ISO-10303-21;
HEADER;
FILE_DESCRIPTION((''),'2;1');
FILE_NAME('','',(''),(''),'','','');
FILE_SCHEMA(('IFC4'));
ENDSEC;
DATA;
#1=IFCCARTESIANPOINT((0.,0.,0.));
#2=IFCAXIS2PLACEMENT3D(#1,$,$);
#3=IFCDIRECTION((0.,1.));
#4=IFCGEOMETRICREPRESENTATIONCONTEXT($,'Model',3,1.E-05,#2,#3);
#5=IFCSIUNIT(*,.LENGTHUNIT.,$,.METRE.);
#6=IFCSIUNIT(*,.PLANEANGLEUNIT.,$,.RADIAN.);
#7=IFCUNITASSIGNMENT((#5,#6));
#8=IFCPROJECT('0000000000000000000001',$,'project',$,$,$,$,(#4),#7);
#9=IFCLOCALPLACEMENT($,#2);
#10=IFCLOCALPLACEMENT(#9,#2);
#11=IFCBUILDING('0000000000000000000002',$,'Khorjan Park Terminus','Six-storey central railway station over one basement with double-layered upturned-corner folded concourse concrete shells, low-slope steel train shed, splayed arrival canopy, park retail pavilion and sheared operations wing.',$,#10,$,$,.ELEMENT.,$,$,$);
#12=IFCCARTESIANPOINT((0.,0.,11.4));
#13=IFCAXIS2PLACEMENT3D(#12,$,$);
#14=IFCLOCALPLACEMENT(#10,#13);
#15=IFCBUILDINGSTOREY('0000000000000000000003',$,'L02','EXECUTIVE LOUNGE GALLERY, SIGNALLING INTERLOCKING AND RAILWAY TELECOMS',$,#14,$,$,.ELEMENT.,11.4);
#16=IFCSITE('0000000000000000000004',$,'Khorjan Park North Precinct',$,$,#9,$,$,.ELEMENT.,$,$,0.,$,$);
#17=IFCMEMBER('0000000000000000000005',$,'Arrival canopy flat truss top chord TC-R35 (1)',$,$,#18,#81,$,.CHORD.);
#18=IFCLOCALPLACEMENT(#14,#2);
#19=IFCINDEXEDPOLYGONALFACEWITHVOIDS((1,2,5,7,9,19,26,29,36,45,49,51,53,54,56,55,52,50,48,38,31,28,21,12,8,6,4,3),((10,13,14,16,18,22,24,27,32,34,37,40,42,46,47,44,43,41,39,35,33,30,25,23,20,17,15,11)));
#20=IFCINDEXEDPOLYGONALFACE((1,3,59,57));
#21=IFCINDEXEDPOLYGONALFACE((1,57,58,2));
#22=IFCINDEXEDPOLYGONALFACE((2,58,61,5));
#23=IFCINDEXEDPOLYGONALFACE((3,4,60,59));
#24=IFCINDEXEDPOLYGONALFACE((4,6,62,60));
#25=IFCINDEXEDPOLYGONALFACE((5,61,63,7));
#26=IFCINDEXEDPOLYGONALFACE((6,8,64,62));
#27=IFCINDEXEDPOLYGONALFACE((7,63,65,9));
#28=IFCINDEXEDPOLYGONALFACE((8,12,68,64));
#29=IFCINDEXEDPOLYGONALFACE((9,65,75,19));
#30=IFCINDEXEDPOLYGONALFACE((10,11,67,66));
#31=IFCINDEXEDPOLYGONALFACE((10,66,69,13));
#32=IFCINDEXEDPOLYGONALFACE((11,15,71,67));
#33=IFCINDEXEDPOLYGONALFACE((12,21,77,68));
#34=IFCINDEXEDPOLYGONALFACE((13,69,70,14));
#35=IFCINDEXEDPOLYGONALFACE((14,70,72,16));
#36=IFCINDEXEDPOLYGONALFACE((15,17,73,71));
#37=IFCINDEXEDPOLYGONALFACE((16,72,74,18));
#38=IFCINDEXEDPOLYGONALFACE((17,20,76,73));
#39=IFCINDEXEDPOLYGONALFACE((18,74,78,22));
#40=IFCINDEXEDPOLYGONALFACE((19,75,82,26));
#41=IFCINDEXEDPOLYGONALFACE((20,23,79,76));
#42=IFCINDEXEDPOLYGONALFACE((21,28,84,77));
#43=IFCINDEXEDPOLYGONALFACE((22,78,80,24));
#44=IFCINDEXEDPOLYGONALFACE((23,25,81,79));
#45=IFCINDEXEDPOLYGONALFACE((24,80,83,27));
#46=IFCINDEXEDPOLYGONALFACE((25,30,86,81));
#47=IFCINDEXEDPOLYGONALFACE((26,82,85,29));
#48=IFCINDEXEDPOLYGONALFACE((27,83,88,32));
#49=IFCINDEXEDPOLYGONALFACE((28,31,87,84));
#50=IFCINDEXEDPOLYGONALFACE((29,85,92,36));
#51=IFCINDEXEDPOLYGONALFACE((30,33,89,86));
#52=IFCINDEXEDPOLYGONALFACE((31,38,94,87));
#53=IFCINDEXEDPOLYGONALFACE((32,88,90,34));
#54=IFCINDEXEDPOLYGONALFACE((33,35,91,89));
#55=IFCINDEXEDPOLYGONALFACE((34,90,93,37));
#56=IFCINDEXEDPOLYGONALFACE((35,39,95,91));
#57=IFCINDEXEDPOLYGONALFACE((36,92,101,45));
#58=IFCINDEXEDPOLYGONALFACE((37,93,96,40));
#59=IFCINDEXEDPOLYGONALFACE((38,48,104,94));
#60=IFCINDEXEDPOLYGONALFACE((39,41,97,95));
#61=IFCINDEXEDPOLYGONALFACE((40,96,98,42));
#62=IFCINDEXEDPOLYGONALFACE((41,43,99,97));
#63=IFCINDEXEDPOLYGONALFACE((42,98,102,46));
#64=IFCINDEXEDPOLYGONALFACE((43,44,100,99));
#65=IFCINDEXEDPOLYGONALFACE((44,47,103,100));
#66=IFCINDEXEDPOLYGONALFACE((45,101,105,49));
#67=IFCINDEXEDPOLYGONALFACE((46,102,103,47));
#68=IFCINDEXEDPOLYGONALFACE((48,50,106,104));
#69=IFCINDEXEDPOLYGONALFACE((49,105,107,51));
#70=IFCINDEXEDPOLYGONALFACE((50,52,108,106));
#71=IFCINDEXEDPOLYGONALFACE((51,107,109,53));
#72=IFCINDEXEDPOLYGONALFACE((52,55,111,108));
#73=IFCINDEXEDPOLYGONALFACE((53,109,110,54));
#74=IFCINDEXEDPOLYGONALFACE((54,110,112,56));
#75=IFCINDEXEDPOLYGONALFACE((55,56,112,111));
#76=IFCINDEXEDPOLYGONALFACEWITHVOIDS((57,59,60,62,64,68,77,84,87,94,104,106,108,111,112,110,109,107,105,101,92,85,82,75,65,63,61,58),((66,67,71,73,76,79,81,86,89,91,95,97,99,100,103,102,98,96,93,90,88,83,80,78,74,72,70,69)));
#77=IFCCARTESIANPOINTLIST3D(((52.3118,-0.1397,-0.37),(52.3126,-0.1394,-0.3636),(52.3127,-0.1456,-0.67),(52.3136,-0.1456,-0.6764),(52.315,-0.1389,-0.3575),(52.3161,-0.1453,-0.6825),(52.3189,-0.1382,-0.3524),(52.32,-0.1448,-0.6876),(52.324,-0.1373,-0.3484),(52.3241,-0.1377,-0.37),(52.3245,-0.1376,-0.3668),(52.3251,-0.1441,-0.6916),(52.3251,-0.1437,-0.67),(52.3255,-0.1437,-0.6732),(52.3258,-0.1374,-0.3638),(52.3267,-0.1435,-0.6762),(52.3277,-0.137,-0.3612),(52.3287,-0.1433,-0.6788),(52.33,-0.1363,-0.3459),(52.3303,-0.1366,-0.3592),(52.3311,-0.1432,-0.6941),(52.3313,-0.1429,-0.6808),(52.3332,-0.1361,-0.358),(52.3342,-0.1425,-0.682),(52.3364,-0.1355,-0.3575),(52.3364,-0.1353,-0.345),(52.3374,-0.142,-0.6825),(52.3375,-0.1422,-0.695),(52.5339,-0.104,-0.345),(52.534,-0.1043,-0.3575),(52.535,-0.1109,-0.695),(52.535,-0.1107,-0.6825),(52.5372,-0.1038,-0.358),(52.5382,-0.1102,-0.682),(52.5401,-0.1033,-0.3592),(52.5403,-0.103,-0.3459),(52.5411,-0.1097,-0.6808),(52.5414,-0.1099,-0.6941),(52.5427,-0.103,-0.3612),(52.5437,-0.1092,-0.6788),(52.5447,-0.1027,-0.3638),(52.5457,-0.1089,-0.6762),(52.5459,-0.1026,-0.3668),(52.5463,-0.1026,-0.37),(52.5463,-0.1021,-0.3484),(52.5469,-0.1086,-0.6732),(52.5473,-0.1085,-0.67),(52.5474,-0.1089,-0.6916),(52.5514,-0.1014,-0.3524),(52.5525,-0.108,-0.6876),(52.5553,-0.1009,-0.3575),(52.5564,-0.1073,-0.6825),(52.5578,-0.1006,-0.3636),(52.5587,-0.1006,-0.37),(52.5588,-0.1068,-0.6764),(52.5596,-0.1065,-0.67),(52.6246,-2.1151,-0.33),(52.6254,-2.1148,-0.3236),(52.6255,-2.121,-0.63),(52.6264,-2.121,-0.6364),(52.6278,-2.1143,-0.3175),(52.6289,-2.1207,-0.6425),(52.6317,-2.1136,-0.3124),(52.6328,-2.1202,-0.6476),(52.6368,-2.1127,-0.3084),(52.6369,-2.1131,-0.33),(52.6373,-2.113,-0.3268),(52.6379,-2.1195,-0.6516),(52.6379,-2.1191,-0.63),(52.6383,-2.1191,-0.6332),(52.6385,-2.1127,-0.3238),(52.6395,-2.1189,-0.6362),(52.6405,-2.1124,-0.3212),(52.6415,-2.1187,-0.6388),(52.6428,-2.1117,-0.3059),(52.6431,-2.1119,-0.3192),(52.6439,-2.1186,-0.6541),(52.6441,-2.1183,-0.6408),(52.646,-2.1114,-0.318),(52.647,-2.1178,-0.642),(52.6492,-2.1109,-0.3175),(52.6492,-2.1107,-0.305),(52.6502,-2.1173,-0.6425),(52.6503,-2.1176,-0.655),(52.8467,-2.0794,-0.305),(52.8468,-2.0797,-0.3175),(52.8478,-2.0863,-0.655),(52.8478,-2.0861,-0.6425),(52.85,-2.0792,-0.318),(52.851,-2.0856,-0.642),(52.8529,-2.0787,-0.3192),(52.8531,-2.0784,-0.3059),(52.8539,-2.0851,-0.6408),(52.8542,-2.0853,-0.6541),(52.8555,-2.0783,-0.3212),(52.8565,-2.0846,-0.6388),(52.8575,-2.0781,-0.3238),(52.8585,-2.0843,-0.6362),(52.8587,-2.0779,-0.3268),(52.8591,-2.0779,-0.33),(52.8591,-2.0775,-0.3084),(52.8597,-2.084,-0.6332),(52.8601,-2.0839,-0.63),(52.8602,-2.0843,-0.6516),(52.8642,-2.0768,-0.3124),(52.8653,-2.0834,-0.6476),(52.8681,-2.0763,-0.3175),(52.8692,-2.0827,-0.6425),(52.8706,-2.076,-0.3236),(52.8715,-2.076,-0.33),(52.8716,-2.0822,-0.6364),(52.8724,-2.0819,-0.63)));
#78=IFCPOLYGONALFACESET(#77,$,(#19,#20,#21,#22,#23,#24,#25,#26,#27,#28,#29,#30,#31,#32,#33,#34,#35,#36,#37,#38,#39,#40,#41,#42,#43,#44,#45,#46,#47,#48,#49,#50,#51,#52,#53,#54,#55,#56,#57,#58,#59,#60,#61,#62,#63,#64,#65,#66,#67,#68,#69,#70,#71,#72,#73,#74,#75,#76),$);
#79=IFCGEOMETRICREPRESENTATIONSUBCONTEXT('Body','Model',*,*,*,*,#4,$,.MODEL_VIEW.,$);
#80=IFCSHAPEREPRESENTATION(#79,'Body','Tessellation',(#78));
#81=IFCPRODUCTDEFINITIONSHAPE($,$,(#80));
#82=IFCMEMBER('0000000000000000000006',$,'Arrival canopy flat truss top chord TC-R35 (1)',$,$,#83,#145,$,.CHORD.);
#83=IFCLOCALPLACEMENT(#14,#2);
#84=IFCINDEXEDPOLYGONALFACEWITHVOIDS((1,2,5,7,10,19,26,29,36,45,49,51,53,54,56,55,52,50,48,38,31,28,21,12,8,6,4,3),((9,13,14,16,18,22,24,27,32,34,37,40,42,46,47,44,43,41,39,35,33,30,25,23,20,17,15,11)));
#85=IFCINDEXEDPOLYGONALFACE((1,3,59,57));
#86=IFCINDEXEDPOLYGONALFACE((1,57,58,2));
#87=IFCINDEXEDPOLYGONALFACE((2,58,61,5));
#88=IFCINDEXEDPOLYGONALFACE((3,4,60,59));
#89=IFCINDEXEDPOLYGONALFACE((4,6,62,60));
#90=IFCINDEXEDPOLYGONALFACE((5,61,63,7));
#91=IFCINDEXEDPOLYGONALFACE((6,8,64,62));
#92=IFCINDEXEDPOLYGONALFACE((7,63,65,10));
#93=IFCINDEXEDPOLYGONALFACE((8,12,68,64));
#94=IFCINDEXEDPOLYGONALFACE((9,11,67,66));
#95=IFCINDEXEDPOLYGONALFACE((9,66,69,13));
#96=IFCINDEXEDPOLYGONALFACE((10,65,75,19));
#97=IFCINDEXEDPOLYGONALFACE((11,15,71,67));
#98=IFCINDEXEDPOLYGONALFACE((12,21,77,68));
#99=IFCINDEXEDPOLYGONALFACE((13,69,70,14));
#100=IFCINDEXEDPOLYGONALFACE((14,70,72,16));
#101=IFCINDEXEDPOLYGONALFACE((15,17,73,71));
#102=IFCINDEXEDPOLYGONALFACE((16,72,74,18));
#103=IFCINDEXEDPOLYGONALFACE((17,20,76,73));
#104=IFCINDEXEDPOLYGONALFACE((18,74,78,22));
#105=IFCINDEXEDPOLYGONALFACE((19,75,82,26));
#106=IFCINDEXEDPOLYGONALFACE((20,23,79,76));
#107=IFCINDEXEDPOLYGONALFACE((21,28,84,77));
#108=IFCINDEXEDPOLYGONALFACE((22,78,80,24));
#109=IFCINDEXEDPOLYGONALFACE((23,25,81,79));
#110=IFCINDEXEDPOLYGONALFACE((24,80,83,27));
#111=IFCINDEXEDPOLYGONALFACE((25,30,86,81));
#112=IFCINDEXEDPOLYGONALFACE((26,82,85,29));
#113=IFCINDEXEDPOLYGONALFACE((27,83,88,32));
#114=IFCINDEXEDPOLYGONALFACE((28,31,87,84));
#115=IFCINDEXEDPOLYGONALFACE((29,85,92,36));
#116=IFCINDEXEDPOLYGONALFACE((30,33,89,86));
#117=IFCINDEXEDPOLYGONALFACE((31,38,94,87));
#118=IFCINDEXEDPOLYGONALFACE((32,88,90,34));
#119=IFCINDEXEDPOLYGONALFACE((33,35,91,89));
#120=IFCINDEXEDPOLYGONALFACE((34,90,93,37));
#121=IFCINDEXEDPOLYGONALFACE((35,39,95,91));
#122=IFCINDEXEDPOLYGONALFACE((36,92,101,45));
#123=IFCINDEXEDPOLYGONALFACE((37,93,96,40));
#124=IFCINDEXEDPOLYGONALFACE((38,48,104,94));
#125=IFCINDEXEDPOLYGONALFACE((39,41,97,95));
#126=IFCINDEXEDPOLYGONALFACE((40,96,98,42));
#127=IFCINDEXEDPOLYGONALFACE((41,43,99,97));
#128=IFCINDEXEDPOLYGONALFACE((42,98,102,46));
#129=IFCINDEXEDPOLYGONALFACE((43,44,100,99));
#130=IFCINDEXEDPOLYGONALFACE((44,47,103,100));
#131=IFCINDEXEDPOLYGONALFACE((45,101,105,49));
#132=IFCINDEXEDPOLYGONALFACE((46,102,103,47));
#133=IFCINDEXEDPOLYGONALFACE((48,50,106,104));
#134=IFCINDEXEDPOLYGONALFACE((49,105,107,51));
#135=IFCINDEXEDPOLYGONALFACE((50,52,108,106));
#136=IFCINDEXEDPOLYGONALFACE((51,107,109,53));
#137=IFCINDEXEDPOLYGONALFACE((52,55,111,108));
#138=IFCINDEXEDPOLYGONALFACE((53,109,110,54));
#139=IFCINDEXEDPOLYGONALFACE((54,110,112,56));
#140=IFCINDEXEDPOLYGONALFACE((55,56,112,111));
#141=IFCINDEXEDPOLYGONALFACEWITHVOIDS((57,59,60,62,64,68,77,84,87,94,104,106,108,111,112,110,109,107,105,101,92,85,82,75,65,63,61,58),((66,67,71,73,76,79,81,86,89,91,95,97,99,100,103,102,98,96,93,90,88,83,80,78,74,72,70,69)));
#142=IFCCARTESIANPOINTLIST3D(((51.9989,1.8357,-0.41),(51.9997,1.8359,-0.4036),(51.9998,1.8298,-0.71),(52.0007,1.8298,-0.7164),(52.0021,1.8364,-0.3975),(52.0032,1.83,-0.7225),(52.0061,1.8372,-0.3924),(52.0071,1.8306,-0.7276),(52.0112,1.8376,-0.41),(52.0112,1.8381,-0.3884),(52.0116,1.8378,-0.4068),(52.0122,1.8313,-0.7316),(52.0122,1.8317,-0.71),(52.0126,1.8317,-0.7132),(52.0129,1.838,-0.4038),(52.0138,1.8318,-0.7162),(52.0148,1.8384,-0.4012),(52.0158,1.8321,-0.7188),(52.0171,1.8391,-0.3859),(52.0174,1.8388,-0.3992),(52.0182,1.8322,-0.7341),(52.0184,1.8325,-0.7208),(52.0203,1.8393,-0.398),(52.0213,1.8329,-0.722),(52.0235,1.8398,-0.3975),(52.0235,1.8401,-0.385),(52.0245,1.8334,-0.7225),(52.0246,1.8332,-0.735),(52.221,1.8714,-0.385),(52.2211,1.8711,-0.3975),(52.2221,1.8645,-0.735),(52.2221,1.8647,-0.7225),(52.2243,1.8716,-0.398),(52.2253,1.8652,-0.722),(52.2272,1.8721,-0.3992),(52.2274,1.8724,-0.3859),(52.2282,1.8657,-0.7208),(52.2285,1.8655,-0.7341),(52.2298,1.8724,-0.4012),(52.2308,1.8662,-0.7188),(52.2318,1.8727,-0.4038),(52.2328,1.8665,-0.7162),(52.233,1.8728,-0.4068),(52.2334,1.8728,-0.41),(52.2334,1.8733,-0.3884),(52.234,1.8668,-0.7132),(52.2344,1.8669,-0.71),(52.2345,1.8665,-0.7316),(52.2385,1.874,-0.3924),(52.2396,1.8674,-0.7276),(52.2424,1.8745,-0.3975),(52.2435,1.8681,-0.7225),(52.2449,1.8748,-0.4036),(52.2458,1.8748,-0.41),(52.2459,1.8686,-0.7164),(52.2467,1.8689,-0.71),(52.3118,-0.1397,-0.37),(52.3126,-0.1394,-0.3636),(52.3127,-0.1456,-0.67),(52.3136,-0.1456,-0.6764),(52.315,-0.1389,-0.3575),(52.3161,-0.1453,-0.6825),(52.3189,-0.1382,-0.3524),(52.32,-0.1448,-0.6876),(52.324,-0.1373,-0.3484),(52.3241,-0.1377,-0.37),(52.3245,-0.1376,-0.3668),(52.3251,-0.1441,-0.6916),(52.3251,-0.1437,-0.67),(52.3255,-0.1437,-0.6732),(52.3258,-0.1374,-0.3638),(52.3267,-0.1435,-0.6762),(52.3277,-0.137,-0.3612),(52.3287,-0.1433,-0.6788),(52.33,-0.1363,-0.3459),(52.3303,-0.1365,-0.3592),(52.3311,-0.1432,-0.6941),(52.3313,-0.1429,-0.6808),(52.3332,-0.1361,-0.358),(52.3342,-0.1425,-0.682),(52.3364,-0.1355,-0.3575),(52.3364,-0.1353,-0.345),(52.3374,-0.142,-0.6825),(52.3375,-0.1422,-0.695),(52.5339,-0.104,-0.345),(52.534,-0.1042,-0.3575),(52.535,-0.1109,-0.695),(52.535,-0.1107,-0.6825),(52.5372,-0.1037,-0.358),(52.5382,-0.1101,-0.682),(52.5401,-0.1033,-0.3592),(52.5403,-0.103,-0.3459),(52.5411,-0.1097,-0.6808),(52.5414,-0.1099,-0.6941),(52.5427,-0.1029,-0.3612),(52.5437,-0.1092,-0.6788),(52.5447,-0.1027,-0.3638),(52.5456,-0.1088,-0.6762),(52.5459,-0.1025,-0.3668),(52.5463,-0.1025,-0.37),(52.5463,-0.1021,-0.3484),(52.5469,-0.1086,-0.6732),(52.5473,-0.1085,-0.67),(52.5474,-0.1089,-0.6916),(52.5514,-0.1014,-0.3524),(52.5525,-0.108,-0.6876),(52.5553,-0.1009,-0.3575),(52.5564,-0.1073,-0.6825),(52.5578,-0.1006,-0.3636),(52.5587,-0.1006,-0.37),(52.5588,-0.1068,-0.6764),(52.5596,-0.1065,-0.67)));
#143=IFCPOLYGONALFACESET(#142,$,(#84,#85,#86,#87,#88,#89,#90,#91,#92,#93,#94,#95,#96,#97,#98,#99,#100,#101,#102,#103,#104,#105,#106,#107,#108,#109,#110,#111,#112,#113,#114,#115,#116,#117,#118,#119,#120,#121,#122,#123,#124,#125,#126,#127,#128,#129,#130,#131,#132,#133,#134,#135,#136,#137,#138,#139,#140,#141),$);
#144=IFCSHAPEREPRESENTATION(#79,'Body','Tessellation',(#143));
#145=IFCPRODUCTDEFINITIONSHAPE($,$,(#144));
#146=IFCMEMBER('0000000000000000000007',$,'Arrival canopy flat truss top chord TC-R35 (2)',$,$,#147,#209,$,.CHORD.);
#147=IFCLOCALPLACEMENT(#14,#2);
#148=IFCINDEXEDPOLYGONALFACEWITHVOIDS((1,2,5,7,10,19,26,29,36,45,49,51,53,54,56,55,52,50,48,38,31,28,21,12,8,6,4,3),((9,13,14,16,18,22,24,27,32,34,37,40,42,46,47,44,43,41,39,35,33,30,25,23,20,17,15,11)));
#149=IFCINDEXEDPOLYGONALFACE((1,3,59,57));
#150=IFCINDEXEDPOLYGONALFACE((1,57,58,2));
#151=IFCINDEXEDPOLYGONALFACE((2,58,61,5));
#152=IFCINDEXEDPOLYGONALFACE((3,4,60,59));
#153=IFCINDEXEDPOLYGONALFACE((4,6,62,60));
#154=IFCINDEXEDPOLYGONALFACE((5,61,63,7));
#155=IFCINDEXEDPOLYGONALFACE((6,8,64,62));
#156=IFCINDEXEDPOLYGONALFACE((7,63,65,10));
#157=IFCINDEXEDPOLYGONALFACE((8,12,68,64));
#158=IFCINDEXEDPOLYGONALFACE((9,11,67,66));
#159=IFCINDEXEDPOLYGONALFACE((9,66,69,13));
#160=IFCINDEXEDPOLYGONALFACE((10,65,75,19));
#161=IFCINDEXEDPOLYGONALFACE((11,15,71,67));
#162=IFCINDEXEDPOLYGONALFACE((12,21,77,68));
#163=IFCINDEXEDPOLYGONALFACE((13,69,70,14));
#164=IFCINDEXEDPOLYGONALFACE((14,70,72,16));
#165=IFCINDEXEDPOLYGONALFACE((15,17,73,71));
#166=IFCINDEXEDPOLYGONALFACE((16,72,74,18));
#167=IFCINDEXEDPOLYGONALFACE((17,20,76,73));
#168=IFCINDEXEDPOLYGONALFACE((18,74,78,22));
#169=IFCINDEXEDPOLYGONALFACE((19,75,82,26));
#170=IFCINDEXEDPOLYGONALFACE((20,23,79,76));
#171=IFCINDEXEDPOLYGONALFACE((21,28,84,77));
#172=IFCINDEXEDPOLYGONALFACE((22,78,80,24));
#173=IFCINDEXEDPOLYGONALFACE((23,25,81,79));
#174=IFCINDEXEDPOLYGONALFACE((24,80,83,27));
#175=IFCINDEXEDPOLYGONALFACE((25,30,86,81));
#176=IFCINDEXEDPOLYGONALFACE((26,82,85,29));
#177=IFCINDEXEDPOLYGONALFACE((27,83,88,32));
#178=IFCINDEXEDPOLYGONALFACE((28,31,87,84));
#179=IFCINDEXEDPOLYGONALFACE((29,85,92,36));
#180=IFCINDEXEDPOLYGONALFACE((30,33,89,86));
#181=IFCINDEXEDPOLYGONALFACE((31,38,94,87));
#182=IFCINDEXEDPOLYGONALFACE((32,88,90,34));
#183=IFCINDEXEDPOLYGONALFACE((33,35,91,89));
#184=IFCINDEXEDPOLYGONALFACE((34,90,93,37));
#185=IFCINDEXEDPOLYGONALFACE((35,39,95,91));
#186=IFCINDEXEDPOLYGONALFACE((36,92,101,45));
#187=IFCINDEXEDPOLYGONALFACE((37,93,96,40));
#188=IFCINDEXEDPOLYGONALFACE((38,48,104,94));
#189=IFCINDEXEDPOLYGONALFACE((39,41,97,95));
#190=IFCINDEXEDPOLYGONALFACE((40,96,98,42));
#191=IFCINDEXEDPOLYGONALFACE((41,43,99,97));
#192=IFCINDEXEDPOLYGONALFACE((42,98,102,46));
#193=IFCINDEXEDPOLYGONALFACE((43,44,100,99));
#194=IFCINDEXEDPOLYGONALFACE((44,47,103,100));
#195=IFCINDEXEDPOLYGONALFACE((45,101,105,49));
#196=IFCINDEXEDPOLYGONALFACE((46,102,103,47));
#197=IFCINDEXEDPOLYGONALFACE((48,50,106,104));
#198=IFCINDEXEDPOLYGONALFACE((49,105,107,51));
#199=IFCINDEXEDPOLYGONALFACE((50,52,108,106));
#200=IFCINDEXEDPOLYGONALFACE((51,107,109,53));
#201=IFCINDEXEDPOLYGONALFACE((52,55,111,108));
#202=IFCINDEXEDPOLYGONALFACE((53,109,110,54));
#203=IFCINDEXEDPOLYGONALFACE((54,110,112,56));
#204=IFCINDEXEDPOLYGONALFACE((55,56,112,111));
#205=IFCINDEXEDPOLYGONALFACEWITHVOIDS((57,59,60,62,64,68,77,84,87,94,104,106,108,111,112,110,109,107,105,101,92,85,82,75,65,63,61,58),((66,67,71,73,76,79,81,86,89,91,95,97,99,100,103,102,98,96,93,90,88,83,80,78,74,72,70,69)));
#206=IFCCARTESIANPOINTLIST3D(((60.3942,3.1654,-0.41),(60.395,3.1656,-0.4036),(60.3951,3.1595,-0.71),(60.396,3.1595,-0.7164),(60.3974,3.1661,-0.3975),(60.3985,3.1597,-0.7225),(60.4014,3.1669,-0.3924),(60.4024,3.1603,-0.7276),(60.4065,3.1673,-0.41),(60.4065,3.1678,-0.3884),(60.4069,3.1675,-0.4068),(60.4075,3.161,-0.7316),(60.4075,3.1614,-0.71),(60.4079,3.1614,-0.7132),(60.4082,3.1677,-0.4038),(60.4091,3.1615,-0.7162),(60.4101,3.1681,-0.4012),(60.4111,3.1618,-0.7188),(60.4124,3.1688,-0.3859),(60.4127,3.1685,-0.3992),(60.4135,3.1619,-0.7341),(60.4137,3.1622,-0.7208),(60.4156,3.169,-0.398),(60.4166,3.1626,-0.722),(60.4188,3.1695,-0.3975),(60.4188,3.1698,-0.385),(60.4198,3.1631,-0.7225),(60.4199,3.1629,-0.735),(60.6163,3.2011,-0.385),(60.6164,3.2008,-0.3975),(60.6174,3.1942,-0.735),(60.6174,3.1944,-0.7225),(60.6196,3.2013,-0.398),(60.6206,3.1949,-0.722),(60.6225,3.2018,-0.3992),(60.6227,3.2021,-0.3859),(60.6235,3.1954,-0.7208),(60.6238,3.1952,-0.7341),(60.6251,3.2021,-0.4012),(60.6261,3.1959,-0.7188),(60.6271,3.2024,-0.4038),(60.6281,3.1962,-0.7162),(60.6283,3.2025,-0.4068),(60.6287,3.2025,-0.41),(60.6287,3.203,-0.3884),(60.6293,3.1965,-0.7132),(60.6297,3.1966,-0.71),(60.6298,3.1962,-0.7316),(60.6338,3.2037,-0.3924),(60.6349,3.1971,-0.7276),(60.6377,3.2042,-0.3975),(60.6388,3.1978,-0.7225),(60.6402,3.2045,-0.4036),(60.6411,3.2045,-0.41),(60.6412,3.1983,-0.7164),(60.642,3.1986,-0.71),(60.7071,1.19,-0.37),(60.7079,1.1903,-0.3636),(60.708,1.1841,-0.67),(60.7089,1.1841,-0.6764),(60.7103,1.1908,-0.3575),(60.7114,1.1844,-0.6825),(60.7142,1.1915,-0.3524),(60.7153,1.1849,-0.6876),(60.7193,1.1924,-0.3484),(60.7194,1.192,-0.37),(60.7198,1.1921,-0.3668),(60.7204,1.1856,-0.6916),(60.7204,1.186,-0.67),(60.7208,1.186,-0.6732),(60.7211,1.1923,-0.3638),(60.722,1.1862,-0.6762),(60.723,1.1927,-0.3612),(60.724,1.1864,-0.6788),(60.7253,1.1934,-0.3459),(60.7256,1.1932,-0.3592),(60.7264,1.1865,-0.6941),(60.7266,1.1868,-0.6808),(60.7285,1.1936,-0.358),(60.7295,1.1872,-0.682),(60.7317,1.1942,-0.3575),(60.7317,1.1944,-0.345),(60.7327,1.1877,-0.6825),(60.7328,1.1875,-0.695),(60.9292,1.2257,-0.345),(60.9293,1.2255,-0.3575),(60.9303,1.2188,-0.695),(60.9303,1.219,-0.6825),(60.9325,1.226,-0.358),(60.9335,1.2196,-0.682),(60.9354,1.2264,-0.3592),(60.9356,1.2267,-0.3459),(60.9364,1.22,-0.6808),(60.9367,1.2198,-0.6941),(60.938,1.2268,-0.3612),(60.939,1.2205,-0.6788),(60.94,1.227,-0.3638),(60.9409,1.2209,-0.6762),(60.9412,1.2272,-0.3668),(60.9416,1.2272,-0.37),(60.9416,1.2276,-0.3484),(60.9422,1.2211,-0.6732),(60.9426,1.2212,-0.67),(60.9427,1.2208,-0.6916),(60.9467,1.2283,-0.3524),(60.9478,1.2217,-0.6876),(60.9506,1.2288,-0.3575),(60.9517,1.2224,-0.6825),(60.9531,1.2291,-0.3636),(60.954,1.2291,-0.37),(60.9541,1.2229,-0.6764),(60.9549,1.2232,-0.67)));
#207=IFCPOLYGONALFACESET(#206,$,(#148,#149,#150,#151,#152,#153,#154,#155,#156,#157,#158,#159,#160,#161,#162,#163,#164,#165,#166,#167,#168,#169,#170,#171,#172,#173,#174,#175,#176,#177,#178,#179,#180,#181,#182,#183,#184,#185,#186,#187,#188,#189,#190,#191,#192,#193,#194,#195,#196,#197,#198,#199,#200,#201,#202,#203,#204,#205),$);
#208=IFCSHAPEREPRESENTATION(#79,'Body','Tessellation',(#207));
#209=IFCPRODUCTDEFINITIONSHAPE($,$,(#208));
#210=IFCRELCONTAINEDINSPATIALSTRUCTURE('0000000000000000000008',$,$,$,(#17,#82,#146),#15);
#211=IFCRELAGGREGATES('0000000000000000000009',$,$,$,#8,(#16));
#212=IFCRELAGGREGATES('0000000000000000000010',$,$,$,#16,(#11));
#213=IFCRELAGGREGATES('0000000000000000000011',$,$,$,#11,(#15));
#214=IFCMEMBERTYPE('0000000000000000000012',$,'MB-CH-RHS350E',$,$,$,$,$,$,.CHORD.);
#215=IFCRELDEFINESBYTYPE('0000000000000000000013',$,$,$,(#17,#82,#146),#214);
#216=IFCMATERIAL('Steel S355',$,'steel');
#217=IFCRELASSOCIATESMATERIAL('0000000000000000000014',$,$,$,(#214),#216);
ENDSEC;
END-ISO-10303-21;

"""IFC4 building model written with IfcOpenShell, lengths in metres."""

from ifc_helpers import new_model, si_unit, direction, frame, origin, origin_2d, place, context, subcontext, project, spatial, hollow_rectangle, extrude, material, material_profile, profile_set, type_object, element, save


model = new_model("IFC4")

# Units and contexts
model_context = context("Model", 3, precision=1e-05, world=origin(), true_north=direction((0.0, 1.0)))
body_context = subcontext(model_context, "Body", "Model", "MODEL_VIEW")
ifc_project = project(units=[si_unit("LENGTHUNIT", "METRE"), si_unit("PLANEANGLEUNIT", "RADIAN")], contexts=[model_context])

# Site, building, storey
site_placement = place(None, origin())
site = spatial("IfcSite", under=ifc_project, at=site_placement, Name="Khorjan Park North Precinct", CompositionType="ELEMENT", RefElevation=0.0)
building_placement = place(site_placement, origin())
building = spatial("IfcBuilding", under=site, at=building_placement, Name="Khorjan Park Terminus", Description="Six-storey central railway station over one basement with double-layered upturned-corner folded concourse concrete shells, low-slope steel train shed, splayed arrival canopy, park retail pavilion and sheared operations wing.", CompositionType="ELEMENT")
storey_placement = place(building_placement, frame((0.0, 0.0, 11.4)))
storey = spatial("IfcBuildingStorey", under=building, at=storey_placement, Name="L02", Description="EXECUTIVE LOUNGE GALLERY, SIGNALLING INTERLOCKING AND RAILWAY TELECOMS", CompositionType="ELEMENT", Elevation=11.4)

# Members
ifc_material_1 = material(Name="Steel S355", Category="steel")
ifc_material_profile_1 = material_profile(ifc_material_1, hollow_rectangle(XDim=0.25, YDim=0.35, WallThickness=0.0125, InnerFilletRadius=0.0125, OuterFilletRadius=0.025, at=origin_2d()), Name="RHS 350x250x12.5")
ifc_profile_set_1 = profile_set([ifc_material_profile_1], Name="Steel S355")
member_type_1 = type_object("IfcMemberType", Name="MB-CH-RHS350E", PredefinedType="CHORD", material=ifc_profile_set_1)
for number, where, z_axis, x_axis, name in (
    (1, (52.7485, -2.0985, -0.48), (-0.156368, 0.987496, -0.019996), (-0.987694, -0.156399, 0.0), "Arrival canopy flat truss top chord TC-R35 (1)"),
    (2, (52.4357, -0.1231, -0.52), (-0.156417, 0.987489, -0.019996), (-0.987686, -0.156448, 0.0), "Arrival canopy flat truss top chord TC-R35 (1)"),
    (3, (60.831, 1.2066, -0.52), (-0.156417, 0.987489, -0.019996), (-0.987686, -0.156448, 0.0), "Arrival canopy flat truss top chord TC-R35 (2)"),
):
    element("IfcMember", number, at=place(storey_placement, frame(where, z_axis=z_axis, x_axis=x_axis)), inside=storey, type_object=member_type_1, Name=name, PredefinedType="CHORD", context=body_context, shape_type="SweptSolid", body=[
        extrude(hollow_rectangle(XDim=0.25, YDim=0.35, WallThickness=0.0125, InnerFilletRadius=0.0125, OuterFilletRadius=0.025, at=origin_2d()), origin(), (0.0, 0.0, 1.0), 2.0004),
    ])

save(model, "model.ifc")
